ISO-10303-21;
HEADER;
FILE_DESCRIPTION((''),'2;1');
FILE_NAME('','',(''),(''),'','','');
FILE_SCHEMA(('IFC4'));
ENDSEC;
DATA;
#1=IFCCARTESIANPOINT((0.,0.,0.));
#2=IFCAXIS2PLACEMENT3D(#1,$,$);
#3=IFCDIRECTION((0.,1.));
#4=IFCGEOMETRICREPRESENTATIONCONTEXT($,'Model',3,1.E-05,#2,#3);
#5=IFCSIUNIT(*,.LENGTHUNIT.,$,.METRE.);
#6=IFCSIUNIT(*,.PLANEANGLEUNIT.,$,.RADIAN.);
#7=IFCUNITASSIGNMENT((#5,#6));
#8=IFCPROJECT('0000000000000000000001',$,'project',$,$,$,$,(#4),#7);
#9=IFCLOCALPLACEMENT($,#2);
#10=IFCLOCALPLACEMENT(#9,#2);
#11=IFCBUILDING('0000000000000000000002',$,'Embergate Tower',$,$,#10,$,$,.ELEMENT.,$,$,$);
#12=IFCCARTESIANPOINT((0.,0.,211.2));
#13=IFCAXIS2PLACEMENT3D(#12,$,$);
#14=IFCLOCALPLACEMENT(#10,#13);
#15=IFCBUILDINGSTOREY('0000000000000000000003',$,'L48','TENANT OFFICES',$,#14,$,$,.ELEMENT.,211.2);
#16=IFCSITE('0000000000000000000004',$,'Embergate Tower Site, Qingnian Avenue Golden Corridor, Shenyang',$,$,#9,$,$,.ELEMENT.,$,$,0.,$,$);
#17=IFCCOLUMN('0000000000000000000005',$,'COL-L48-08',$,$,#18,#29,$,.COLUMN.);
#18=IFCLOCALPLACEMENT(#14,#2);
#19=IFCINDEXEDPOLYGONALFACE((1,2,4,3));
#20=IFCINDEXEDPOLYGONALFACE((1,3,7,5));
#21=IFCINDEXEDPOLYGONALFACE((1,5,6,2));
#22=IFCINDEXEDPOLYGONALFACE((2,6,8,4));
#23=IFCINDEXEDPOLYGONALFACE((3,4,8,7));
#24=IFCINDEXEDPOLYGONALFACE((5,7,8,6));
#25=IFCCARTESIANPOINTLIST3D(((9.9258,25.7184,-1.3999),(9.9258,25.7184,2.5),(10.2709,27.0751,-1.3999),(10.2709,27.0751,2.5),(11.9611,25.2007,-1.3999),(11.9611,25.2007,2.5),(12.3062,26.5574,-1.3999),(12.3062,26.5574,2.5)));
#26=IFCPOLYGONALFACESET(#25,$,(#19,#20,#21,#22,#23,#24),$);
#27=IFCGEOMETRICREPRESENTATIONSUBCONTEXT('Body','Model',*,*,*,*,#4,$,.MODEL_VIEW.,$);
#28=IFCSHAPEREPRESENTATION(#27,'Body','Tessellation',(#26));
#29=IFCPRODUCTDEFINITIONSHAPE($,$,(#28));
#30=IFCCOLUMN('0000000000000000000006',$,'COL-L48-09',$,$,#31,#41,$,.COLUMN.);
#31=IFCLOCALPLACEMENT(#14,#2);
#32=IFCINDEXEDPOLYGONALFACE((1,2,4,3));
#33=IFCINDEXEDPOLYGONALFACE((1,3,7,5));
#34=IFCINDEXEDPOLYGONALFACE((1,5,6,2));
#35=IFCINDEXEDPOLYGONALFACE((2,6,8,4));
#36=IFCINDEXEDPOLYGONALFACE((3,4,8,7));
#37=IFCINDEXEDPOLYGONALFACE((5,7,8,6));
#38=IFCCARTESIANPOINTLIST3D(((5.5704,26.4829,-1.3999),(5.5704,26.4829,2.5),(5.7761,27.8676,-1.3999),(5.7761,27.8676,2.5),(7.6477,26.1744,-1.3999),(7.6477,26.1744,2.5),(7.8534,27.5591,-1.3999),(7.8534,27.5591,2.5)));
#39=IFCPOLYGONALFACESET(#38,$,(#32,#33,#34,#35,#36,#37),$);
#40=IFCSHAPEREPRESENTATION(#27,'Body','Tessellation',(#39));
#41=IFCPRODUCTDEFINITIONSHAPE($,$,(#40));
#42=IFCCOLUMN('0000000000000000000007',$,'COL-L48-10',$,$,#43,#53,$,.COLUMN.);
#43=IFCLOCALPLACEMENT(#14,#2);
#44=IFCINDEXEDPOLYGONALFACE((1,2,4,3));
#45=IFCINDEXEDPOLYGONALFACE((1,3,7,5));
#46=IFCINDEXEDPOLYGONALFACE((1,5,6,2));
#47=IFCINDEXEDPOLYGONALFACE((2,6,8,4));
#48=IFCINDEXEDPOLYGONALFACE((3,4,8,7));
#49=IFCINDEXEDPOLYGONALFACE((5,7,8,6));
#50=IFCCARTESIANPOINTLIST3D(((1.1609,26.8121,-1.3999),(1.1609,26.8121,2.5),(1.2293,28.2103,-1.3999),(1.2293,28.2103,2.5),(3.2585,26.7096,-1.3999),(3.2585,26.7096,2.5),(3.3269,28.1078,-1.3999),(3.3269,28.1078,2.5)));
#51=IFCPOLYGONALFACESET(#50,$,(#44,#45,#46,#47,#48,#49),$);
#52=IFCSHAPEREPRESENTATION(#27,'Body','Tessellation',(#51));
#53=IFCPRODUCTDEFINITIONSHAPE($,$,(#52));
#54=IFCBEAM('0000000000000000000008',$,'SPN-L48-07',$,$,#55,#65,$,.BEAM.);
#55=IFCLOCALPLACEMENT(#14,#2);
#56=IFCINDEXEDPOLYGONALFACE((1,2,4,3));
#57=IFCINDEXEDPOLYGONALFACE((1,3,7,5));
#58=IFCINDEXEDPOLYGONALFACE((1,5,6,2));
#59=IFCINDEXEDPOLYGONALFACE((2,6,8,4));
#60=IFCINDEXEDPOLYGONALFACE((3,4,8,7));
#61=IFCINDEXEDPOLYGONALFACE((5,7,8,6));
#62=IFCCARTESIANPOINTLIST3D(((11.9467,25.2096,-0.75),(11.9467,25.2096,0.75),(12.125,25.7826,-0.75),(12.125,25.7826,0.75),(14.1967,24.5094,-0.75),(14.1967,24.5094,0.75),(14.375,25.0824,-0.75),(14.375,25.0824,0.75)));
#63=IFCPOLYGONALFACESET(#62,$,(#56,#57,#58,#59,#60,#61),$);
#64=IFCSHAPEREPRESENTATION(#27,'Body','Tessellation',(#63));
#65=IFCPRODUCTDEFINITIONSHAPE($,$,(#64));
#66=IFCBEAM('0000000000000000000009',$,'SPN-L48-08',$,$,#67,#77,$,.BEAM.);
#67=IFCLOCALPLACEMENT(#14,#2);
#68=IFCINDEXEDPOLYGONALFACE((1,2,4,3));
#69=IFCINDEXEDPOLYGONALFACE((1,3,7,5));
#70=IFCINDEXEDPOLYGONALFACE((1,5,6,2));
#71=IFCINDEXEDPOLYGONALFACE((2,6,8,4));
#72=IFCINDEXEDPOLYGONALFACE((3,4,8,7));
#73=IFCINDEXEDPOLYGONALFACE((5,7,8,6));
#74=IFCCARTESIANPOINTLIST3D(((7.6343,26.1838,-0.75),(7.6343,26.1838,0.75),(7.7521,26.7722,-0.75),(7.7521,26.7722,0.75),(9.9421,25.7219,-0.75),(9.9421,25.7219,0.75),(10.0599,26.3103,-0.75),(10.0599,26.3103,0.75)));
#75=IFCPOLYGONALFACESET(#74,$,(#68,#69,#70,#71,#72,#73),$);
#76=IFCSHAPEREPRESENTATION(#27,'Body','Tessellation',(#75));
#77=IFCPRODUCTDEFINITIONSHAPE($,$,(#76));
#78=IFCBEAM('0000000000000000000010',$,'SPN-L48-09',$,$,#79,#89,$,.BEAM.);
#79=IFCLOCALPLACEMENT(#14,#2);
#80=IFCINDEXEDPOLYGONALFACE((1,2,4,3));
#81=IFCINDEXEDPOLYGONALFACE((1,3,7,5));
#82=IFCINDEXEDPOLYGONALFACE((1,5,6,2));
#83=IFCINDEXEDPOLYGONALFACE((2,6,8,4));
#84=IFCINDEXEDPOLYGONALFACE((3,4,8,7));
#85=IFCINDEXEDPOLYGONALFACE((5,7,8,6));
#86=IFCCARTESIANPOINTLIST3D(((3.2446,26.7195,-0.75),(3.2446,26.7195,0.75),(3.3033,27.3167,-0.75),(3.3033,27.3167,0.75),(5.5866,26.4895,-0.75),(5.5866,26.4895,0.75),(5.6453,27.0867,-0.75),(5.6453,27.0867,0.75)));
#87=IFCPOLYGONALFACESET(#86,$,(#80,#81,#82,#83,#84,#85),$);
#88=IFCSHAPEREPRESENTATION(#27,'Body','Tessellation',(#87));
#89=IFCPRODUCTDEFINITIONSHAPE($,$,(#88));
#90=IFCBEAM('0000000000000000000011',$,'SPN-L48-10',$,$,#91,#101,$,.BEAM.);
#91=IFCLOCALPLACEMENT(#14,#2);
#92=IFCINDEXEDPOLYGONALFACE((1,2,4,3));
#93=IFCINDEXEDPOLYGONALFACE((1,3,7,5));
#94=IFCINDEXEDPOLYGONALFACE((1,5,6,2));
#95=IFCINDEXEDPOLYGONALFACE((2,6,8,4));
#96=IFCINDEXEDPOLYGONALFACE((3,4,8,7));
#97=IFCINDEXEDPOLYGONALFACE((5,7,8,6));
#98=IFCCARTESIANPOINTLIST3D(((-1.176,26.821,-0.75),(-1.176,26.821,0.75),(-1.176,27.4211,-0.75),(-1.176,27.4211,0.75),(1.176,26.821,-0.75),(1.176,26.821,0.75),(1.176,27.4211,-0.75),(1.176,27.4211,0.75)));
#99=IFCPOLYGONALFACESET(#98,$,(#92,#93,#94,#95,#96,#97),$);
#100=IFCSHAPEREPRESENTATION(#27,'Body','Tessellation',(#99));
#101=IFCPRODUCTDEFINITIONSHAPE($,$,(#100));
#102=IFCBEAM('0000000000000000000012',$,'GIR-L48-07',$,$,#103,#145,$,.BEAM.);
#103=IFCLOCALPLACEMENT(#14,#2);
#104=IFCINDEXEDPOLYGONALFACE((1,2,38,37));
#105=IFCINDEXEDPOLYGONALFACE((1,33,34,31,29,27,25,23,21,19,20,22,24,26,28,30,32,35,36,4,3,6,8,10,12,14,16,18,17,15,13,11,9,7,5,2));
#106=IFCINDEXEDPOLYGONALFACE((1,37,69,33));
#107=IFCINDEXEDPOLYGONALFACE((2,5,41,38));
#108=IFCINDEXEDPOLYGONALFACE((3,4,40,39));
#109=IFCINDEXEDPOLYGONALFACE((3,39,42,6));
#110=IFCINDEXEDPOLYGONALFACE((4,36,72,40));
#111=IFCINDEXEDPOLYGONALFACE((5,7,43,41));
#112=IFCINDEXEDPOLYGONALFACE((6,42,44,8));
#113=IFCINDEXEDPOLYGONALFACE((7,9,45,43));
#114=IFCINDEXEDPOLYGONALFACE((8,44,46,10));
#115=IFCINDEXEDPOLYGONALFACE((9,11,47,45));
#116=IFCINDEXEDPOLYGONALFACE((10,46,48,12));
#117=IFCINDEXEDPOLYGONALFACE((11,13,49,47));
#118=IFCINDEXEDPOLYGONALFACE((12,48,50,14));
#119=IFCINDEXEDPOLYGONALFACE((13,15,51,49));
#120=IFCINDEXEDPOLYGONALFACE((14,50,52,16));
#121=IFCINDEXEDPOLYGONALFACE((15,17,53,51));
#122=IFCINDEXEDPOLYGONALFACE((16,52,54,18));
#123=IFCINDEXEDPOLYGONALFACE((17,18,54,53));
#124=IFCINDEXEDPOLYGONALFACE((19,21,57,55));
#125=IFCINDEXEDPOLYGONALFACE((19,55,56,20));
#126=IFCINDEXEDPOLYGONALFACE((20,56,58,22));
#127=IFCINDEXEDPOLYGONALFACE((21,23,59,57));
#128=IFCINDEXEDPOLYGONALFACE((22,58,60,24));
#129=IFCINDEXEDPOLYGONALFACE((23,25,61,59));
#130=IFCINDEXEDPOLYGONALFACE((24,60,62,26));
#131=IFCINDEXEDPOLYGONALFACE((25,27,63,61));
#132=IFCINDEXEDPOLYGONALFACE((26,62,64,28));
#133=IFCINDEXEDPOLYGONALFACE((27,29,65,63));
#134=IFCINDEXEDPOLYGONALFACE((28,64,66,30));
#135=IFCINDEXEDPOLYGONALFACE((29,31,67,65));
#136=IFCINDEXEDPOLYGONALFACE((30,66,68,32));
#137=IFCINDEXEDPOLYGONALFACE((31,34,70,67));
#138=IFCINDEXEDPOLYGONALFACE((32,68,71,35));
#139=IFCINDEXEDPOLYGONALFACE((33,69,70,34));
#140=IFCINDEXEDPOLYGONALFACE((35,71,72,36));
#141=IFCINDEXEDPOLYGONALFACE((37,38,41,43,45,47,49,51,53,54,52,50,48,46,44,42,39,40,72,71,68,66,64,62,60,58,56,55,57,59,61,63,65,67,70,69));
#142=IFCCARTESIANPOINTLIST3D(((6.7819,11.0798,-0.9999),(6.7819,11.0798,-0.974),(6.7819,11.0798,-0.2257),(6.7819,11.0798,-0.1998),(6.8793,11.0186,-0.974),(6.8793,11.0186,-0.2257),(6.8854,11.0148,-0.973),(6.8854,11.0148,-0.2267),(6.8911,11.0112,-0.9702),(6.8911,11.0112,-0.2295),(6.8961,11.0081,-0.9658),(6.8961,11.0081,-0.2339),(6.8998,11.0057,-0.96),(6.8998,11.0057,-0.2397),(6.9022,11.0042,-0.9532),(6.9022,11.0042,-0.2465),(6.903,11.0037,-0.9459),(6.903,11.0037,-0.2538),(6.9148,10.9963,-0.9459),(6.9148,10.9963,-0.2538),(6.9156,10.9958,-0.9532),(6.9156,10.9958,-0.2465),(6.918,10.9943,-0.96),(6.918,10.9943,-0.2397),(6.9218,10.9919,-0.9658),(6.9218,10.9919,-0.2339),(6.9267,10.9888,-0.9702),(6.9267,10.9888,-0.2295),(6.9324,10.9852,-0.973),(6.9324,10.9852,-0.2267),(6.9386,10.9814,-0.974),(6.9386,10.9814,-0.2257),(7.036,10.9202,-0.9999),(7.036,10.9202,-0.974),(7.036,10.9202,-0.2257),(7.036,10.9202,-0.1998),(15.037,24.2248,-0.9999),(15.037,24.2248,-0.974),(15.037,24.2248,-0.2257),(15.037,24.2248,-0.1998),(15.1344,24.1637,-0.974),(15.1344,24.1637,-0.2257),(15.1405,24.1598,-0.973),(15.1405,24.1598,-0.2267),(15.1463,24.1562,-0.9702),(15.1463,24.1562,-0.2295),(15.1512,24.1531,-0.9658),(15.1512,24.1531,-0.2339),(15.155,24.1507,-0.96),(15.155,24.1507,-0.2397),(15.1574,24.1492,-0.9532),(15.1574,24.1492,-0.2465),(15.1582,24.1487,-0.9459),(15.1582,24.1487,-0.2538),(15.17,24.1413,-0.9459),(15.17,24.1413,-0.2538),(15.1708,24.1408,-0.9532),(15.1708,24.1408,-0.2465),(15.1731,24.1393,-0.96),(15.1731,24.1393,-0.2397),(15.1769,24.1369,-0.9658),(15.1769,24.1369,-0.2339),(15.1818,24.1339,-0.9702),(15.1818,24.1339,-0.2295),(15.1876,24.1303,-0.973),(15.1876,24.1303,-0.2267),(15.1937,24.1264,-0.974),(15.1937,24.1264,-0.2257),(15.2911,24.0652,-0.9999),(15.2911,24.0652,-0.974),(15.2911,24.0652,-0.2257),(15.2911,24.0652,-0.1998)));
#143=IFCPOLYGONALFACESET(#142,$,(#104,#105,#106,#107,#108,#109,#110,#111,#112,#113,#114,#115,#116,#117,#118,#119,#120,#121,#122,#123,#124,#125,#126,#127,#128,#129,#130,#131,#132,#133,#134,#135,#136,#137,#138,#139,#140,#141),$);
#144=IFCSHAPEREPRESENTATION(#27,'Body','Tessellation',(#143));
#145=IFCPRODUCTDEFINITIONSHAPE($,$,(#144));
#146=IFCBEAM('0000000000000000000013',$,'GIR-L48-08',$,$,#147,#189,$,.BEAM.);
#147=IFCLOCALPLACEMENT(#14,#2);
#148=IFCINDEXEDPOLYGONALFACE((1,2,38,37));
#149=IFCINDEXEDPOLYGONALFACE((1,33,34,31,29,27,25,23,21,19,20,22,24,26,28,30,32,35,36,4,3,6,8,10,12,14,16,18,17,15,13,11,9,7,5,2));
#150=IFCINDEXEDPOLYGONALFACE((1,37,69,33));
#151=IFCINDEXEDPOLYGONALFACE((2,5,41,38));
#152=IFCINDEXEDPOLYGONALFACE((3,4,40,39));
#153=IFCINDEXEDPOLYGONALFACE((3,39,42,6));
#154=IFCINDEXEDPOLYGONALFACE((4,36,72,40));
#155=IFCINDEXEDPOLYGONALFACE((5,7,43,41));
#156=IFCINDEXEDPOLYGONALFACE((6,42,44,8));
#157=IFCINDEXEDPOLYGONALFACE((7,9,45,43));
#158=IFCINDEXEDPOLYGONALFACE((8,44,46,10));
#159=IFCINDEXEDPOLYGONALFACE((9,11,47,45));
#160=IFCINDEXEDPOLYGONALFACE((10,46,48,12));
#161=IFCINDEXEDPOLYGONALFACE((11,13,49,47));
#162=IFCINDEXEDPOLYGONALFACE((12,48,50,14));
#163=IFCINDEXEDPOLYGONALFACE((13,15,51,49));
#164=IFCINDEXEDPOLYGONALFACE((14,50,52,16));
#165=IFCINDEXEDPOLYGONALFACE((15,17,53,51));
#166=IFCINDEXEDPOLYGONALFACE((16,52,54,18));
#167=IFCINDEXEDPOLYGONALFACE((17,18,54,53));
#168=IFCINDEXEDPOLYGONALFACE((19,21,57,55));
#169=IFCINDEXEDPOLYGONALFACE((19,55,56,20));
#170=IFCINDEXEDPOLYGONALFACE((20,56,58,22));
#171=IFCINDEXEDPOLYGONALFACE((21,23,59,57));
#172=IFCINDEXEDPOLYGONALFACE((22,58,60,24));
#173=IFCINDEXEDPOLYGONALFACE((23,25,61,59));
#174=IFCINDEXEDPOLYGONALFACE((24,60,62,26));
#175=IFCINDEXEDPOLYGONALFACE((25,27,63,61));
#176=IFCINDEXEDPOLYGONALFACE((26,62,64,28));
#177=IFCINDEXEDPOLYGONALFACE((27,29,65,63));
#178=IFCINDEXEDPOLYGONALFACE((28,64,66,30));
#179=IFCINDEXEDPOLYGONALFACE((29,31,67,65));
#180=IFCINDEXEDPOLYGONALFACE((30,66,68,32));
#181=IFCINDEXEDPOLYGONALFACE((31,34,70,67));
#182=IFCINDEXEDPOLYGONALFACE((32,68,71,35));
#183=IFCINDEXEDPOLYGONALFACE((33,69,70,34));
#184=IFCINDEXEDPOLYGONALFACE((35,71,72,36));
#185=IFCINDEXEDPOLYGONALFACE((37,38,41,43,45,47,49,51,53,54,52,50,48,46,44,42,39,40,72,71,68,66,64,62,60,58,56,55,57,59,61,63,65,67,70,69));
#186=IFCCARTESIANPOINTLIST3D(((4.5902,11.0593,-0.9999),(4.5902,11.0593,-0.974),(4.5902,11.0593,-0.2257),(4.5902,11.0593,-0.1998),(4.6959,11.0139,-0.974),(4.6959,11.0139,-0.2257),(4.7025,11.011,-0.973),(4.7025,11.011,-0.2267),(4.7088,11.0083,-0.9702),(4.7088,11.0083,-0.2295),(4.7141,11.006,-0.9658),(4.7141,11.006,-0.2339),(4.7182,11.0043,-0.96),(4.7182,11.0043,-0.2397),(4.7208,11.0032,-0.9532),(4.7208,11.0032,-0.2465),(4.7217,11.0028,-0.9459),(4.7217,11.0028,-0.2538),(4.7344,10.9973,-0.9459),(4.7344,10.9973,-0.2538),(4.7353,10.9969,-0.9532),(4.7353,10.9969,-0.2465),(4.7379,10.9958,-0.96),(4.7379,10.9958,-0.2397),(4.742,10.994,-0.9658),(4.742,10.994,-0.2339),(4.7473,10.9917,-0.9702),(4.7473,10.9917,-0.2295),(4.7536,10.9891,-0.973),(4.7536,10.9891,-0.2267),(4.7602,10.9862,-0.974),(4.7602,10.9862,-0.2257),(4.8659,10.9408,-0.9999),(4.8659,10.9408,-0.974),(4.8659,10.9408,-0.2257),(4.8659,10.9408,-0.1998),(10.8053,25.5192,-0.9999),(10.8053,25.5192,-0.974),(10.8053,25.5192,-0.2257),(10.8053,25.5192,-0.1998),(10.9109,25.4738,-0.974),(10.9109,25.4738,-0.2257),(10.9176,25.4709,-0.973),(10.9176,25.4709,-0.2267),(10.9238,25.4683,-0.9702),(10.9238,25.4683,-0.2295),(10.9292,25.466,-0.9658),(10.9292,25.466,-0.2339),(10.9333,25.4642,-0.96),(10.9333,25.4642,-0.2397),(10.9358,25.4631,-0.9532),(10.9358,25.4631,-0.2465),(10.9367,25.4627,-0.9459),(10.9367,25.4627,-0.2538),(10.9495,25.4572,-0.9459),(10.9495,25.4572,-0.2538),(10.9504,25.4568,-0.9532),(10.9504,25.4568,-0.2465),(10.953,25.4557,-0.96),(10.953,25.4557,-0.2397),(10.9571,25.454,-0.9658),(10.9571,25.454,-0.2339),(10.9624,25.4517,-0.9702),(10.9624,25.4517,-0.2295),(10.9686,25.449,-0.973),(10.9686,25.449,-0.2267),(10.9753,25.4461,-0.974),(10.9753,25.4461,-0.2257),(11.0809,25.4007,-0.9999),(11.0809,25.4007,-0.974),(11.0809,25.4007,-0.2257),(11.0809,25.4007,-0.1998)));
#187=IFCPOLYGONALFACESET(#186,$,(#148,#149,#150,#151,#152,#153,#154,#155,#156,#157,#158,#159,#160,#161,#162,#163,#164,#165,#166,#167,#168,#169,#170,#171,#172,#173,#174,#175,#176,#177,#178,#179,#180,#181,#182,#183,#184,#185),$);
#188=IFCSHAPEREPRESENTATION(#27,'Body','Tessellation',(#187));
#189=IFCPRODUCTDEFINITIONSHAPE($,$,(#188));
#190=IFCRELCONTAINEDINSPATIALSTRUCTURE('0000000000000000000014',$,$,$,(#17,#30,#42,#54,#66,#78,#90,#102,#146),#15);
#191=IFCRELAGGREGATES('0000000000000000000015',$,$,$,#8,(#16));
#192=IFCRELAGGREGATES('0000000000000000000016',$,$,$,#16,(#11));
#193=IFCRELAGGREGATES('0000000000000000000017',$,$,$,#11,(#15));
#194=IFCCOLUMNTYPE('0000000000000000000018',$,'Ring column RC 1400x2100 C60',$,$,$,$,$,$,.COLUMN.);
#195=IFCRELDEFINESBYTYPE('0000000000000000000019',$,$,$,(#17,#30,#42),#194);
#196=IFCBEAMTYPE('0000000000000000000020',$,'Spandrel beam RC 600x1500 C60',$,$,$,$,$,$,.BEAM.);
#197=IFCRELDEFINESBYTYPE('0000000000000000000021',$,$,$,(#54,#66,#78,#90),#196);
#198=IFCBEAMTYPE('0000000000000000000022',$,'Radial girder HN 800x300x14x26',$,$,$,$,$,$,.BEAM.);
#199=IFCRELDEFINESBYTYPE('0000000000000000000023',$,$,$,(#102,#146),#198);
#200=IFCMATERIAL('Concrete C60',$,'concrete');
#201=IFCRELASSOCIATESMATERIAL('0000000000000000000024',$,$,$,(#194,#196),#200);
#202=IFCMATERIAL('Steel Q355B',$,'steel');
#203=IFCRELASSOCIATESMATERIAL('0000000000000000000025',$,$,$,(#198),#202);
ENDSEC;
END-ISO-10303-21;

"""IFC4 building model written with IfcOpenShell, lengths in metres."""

from ifc_helpers import new_model, si_unit, direction, frame, origin, origin_2d, place, context, subcontext, project, spatial, rectangle, i_section, extrude, source, transform, mapped, material, material_profile, profile_set, type_object, element, save


model = new_model("IFC4")

# Units and contexts
model_context = context("Model", 3, precision=1e-05, world=origin(), true_north=direction((0.0, 1.0)))
body_context = subcontext(model_context, "Body", "Model", "MODEL_VIEW")
ifc_project = project(units=[si_unit("LENGTHUNIT", "METRE"), si_unit("PLANEANGLEUNIT", "RADIAN")], contexts=[model_context])

# Site, building, storey
site_placement = place(None, origin())
site = spatial("IfcSite", under=ifc_project, at=site_placement, Name="Embergate Tower Site, Qingnian Avenue Golden Corridor, Shenyang", CompositionType="ELEMENT", RefElevation=0.0)
building_placement = place(site_placement, origin())
building = spatial("IfcBuilding", under=site, at=building_placement, Name="Embergate Tower", CompositionType="ELEMENT")
storey_placement = place(building_placement, frame((0.0, 0.0, 211.2)))
storey = spatial("IfcBuildingStorey", under=building, at=storey_placement, Name="L48", Description="TENANT OFFICES", CompositionType="ELEMENT", Elevation=211.2)

# Columns
ifc_material_1 = material(Name="Concrete C60", Category="concrete")
ifc_material_profile_1 = material_profile(ifc_material_1, rectangle(XDim=1.3999, YDim=2.1001, at=origin_2d()), Name="RC 1400x2100")
ifc_profile_set_1 = profile_set([ifc_material_profile_1], Name="Concrete C60")
column_type = type_object("IfcColumnType", Name="Ring column RC 1400x2100 C60", PredefinedType="COLUMN", material=ifc_profile_set_1)
shared_shape_1 = source(origin(), body_context, "Body", "SweptSolid", [
    extrude(rectangle(XDim=1.3999, YDim=2.1001, at=origin_2d()), origin(), (0.0, 0.0, 1.0), 3.8999),
])
for number, where, z_axis, x_axis, name in (
    (1, (11.116, 26.1379, -1.3999), (0.0, 0.0, 1.0), (0.246509, 0.969141, 0.0), "COL-L48-08"),
    (2, (6.7119, 27.021, -1.3999), (0.0, 0.0, 1.0), (0.146929, 0.989147, 0.0), "COL-L48-09"),
    (3, (2.2439, 27.46, -1.3999), (0.0, 0.0, 1.0), (0.048815, 0.998808, 0.0), "COL-L48-10"),
):
    element("IfcColumn", number, at=place(storey_placement, frame(where, z_axis=z_axis, x_axis=x_axis)), inside=storey, type_object=column_type, Name=name, PredefinedType="COLUMN", context=body_context, shape_type="MappedRepresentation", body=[
        mapped(shared_shape_1, transform((0.0, 0.0, 0.0))),
    ])

# Beams
ifc_material_profile_2 = material_profile(ifc_material_1, rectangle(XDim=0.6001, YDim=1.5, at=origin_2d()), Name="RC 600x1500")
ifc_profile_set_2 = profile_set([ifc_material_profile_2], Name="Concrete C60")
beam_type_1 = type_object("IfcBeamType", Name="Spandrel beam RC 600x1500 C60", PredefinedType="BEAM", material=ifc_profile_set_2)
shared_shape_2 = source(origin(), body_context, "Body", "SweptSolid", [
    extrude(rectangle(XDim=0.6001, YDim=1.5, at=origin_2d()), origin(), (0.0, 0.0, 1.0), 2.3564),
])
beam_1_placement = place(storey_placement, frame((14.2859, 24.7959, 0.0), z_axis=(-0.954833, 0.297142, 0.0), x_axis=(-0.297142, -0.954833, 0.0)))
element("IfcBeam", 4, at=beam_1_placement, inside=storey, type_object=beam_type_1, Name="SPN-L48-07", PredefinedType="BEAM", context=body_context, shape_type="MappedRepresentation", body=[
    mapped(shared_shape_2, transform((0.0, 0.0, 0.0))),
])
shared_shape_3 = source(origin(), body_context, "Body", "SweptSolid", [
    extrude(rectangle(XDim=0.6001, YDim=1.5, at=origin_2d()), origin(), (0.0, 0.0, 1.0), 2.3535),
])
beam_2_placement = place(storey_placement, frame((10.001, 26.0161, 0.0), z_axis=(-0.980553, 0.196256, 0.0), x_axis=(-0.196256, -0.980553, 0.0)))
element("IfcBeam", 5, at=beam_2_placement, inside=storey, type_object=beam_type_1, Name="SPN-L48-08", PredefinedType="BEAM", context=body_context, shape_type="MappedRepresentation", body=[
    mapped(shared_shape_3, transform((0.0, 0.0, 0.0))),
])
shared_shape_4 = source(origin(), body_context, "Body", "SweptSolid", [
    extrude(rectangle(XDim=0.6001, YDim=1.5, at=origin_2d()), origin(), (0.0, 0.0, 1.0), 2.3533),
])
beam_3_placement = place(storey_placement, frame((5.616, 26.7881, 0.0), z_axis=(-0.995213, 0.097727, 0.0), x_axis=(-0.097727, -0.995213, 0.0)))
element("IfcBeam", 6, at=beam_3_placement, inside=storey, type_object=beam_type_1, Name="SPN-L48-09", PredefinedType="BEAM", context=body_context, shape_type="MappedRepresentation", body=[
    mapped(shared_shape_4, transform((0.0, 0.0, 0.0))),
])
shared_shape_5 = source(origin(), body_context, "Body", "SweptSolid", [
    extrude(rectangle(XDim=0.6001, YDim=1.5, at=origin_2d()), origin(), (0.0, 0.0, 1.0), 2.3521),
])
beam_4_placement = place(storey_placement, frame((1.176, 27.1211, 0.0), z_axis=(-1.0, 0.0, 0.0), x_axis=(0.0, -1.0, 0.0)))
element("IfcBeam", 7, at=beam_4_placement, inside=storey, type_object=beam_type_1, Name="SPN-L48-10", PredefinedType="BEAM", context=body_context, shape_type="MappedRepresentation", body=[
    mapped(shared_shape_5, transform((0.0, 0.0, 0.0))),
])
ifc_material_2 = material(Name="Steel Q355B", Category="steel")
ifc_material_profile_3 = material_profile(ifc_material_2, i_section(OverallWidth=0.3, OverallDepth=0.8, WebThickness=0.0139, FlangeThickness=0.0259, FilletRadius=0.0281, at=origin_2d()), Name="HN 800x300x14x26")
ifc_profile_set_3 = profile_set([ifc_material_profile_3], Name="Steel Q355 grade B")
beam_type_2 = type_object("IfcBeamType", Name="Radial girder HN 800x300x14x26", PredefinedType="BEAM", material=ifc_profile_set_3)
shared_shape_6 = source(origin(), body_context, "Body", "SweptSolid", [
    extrude(i_section(OverallWidth=0.3, OverallDepth=0.8, WebThickness=0.0139, FlangeThickness=0.0259, FilletRadius=0.0281, at=origin_2d()), origin(), (0.0, 0.0, 1.0), 15.5222),
])
beam_5_placement = place(storey_placement, frame((15.1641, 24.145, -0.5999), z_axis=(-0.531827, -0.846853, 0.0), x_axis=(0.846853, -0.531827, 0.0)))
element("IfcBeam", 8, at=beam_5_placement, inside=storey, type_object=beam_type_2, Name="GIR-L48-07", PredefinedType="BEAM", context=body_context, shape_type="MappedRepresentation", body=[
    mapped(shared_shape_6, transform((0.0, 0.0, 0.0))),
])
shared_shape_7 = source(origin(), body_context, "Body", "SweptSolid", [
    extrude(i_section(OverallWidth=0.3, OverallDepth=0.8, WebThickness=0.0139, FlangeThickness=0.0259, FilletRadius=0.0281, at=origin_2d()), origin(), (0.0, 0.0, 1.0), 15.739),
])
beam_6_placement = place(storey_placement, frame((10.9431, 25.46, -0.5999), z_axis=(-0.394883, -0.918731, 0.0), x_axis=(0.918731, -0.394883, 0.0)))
element("IfcBeam", 9, at=beam_6_placement, inside=storey, type_object=beam_type_2, Name="GIR-L48-08", PredefinedType="BEAM", context=body_context, shape_type="MappedRepresentation", body=[
    mapped(shared_shape_7, transform((0.0, 0.0, 0.0))),
])

save(model, "model.ifc")
